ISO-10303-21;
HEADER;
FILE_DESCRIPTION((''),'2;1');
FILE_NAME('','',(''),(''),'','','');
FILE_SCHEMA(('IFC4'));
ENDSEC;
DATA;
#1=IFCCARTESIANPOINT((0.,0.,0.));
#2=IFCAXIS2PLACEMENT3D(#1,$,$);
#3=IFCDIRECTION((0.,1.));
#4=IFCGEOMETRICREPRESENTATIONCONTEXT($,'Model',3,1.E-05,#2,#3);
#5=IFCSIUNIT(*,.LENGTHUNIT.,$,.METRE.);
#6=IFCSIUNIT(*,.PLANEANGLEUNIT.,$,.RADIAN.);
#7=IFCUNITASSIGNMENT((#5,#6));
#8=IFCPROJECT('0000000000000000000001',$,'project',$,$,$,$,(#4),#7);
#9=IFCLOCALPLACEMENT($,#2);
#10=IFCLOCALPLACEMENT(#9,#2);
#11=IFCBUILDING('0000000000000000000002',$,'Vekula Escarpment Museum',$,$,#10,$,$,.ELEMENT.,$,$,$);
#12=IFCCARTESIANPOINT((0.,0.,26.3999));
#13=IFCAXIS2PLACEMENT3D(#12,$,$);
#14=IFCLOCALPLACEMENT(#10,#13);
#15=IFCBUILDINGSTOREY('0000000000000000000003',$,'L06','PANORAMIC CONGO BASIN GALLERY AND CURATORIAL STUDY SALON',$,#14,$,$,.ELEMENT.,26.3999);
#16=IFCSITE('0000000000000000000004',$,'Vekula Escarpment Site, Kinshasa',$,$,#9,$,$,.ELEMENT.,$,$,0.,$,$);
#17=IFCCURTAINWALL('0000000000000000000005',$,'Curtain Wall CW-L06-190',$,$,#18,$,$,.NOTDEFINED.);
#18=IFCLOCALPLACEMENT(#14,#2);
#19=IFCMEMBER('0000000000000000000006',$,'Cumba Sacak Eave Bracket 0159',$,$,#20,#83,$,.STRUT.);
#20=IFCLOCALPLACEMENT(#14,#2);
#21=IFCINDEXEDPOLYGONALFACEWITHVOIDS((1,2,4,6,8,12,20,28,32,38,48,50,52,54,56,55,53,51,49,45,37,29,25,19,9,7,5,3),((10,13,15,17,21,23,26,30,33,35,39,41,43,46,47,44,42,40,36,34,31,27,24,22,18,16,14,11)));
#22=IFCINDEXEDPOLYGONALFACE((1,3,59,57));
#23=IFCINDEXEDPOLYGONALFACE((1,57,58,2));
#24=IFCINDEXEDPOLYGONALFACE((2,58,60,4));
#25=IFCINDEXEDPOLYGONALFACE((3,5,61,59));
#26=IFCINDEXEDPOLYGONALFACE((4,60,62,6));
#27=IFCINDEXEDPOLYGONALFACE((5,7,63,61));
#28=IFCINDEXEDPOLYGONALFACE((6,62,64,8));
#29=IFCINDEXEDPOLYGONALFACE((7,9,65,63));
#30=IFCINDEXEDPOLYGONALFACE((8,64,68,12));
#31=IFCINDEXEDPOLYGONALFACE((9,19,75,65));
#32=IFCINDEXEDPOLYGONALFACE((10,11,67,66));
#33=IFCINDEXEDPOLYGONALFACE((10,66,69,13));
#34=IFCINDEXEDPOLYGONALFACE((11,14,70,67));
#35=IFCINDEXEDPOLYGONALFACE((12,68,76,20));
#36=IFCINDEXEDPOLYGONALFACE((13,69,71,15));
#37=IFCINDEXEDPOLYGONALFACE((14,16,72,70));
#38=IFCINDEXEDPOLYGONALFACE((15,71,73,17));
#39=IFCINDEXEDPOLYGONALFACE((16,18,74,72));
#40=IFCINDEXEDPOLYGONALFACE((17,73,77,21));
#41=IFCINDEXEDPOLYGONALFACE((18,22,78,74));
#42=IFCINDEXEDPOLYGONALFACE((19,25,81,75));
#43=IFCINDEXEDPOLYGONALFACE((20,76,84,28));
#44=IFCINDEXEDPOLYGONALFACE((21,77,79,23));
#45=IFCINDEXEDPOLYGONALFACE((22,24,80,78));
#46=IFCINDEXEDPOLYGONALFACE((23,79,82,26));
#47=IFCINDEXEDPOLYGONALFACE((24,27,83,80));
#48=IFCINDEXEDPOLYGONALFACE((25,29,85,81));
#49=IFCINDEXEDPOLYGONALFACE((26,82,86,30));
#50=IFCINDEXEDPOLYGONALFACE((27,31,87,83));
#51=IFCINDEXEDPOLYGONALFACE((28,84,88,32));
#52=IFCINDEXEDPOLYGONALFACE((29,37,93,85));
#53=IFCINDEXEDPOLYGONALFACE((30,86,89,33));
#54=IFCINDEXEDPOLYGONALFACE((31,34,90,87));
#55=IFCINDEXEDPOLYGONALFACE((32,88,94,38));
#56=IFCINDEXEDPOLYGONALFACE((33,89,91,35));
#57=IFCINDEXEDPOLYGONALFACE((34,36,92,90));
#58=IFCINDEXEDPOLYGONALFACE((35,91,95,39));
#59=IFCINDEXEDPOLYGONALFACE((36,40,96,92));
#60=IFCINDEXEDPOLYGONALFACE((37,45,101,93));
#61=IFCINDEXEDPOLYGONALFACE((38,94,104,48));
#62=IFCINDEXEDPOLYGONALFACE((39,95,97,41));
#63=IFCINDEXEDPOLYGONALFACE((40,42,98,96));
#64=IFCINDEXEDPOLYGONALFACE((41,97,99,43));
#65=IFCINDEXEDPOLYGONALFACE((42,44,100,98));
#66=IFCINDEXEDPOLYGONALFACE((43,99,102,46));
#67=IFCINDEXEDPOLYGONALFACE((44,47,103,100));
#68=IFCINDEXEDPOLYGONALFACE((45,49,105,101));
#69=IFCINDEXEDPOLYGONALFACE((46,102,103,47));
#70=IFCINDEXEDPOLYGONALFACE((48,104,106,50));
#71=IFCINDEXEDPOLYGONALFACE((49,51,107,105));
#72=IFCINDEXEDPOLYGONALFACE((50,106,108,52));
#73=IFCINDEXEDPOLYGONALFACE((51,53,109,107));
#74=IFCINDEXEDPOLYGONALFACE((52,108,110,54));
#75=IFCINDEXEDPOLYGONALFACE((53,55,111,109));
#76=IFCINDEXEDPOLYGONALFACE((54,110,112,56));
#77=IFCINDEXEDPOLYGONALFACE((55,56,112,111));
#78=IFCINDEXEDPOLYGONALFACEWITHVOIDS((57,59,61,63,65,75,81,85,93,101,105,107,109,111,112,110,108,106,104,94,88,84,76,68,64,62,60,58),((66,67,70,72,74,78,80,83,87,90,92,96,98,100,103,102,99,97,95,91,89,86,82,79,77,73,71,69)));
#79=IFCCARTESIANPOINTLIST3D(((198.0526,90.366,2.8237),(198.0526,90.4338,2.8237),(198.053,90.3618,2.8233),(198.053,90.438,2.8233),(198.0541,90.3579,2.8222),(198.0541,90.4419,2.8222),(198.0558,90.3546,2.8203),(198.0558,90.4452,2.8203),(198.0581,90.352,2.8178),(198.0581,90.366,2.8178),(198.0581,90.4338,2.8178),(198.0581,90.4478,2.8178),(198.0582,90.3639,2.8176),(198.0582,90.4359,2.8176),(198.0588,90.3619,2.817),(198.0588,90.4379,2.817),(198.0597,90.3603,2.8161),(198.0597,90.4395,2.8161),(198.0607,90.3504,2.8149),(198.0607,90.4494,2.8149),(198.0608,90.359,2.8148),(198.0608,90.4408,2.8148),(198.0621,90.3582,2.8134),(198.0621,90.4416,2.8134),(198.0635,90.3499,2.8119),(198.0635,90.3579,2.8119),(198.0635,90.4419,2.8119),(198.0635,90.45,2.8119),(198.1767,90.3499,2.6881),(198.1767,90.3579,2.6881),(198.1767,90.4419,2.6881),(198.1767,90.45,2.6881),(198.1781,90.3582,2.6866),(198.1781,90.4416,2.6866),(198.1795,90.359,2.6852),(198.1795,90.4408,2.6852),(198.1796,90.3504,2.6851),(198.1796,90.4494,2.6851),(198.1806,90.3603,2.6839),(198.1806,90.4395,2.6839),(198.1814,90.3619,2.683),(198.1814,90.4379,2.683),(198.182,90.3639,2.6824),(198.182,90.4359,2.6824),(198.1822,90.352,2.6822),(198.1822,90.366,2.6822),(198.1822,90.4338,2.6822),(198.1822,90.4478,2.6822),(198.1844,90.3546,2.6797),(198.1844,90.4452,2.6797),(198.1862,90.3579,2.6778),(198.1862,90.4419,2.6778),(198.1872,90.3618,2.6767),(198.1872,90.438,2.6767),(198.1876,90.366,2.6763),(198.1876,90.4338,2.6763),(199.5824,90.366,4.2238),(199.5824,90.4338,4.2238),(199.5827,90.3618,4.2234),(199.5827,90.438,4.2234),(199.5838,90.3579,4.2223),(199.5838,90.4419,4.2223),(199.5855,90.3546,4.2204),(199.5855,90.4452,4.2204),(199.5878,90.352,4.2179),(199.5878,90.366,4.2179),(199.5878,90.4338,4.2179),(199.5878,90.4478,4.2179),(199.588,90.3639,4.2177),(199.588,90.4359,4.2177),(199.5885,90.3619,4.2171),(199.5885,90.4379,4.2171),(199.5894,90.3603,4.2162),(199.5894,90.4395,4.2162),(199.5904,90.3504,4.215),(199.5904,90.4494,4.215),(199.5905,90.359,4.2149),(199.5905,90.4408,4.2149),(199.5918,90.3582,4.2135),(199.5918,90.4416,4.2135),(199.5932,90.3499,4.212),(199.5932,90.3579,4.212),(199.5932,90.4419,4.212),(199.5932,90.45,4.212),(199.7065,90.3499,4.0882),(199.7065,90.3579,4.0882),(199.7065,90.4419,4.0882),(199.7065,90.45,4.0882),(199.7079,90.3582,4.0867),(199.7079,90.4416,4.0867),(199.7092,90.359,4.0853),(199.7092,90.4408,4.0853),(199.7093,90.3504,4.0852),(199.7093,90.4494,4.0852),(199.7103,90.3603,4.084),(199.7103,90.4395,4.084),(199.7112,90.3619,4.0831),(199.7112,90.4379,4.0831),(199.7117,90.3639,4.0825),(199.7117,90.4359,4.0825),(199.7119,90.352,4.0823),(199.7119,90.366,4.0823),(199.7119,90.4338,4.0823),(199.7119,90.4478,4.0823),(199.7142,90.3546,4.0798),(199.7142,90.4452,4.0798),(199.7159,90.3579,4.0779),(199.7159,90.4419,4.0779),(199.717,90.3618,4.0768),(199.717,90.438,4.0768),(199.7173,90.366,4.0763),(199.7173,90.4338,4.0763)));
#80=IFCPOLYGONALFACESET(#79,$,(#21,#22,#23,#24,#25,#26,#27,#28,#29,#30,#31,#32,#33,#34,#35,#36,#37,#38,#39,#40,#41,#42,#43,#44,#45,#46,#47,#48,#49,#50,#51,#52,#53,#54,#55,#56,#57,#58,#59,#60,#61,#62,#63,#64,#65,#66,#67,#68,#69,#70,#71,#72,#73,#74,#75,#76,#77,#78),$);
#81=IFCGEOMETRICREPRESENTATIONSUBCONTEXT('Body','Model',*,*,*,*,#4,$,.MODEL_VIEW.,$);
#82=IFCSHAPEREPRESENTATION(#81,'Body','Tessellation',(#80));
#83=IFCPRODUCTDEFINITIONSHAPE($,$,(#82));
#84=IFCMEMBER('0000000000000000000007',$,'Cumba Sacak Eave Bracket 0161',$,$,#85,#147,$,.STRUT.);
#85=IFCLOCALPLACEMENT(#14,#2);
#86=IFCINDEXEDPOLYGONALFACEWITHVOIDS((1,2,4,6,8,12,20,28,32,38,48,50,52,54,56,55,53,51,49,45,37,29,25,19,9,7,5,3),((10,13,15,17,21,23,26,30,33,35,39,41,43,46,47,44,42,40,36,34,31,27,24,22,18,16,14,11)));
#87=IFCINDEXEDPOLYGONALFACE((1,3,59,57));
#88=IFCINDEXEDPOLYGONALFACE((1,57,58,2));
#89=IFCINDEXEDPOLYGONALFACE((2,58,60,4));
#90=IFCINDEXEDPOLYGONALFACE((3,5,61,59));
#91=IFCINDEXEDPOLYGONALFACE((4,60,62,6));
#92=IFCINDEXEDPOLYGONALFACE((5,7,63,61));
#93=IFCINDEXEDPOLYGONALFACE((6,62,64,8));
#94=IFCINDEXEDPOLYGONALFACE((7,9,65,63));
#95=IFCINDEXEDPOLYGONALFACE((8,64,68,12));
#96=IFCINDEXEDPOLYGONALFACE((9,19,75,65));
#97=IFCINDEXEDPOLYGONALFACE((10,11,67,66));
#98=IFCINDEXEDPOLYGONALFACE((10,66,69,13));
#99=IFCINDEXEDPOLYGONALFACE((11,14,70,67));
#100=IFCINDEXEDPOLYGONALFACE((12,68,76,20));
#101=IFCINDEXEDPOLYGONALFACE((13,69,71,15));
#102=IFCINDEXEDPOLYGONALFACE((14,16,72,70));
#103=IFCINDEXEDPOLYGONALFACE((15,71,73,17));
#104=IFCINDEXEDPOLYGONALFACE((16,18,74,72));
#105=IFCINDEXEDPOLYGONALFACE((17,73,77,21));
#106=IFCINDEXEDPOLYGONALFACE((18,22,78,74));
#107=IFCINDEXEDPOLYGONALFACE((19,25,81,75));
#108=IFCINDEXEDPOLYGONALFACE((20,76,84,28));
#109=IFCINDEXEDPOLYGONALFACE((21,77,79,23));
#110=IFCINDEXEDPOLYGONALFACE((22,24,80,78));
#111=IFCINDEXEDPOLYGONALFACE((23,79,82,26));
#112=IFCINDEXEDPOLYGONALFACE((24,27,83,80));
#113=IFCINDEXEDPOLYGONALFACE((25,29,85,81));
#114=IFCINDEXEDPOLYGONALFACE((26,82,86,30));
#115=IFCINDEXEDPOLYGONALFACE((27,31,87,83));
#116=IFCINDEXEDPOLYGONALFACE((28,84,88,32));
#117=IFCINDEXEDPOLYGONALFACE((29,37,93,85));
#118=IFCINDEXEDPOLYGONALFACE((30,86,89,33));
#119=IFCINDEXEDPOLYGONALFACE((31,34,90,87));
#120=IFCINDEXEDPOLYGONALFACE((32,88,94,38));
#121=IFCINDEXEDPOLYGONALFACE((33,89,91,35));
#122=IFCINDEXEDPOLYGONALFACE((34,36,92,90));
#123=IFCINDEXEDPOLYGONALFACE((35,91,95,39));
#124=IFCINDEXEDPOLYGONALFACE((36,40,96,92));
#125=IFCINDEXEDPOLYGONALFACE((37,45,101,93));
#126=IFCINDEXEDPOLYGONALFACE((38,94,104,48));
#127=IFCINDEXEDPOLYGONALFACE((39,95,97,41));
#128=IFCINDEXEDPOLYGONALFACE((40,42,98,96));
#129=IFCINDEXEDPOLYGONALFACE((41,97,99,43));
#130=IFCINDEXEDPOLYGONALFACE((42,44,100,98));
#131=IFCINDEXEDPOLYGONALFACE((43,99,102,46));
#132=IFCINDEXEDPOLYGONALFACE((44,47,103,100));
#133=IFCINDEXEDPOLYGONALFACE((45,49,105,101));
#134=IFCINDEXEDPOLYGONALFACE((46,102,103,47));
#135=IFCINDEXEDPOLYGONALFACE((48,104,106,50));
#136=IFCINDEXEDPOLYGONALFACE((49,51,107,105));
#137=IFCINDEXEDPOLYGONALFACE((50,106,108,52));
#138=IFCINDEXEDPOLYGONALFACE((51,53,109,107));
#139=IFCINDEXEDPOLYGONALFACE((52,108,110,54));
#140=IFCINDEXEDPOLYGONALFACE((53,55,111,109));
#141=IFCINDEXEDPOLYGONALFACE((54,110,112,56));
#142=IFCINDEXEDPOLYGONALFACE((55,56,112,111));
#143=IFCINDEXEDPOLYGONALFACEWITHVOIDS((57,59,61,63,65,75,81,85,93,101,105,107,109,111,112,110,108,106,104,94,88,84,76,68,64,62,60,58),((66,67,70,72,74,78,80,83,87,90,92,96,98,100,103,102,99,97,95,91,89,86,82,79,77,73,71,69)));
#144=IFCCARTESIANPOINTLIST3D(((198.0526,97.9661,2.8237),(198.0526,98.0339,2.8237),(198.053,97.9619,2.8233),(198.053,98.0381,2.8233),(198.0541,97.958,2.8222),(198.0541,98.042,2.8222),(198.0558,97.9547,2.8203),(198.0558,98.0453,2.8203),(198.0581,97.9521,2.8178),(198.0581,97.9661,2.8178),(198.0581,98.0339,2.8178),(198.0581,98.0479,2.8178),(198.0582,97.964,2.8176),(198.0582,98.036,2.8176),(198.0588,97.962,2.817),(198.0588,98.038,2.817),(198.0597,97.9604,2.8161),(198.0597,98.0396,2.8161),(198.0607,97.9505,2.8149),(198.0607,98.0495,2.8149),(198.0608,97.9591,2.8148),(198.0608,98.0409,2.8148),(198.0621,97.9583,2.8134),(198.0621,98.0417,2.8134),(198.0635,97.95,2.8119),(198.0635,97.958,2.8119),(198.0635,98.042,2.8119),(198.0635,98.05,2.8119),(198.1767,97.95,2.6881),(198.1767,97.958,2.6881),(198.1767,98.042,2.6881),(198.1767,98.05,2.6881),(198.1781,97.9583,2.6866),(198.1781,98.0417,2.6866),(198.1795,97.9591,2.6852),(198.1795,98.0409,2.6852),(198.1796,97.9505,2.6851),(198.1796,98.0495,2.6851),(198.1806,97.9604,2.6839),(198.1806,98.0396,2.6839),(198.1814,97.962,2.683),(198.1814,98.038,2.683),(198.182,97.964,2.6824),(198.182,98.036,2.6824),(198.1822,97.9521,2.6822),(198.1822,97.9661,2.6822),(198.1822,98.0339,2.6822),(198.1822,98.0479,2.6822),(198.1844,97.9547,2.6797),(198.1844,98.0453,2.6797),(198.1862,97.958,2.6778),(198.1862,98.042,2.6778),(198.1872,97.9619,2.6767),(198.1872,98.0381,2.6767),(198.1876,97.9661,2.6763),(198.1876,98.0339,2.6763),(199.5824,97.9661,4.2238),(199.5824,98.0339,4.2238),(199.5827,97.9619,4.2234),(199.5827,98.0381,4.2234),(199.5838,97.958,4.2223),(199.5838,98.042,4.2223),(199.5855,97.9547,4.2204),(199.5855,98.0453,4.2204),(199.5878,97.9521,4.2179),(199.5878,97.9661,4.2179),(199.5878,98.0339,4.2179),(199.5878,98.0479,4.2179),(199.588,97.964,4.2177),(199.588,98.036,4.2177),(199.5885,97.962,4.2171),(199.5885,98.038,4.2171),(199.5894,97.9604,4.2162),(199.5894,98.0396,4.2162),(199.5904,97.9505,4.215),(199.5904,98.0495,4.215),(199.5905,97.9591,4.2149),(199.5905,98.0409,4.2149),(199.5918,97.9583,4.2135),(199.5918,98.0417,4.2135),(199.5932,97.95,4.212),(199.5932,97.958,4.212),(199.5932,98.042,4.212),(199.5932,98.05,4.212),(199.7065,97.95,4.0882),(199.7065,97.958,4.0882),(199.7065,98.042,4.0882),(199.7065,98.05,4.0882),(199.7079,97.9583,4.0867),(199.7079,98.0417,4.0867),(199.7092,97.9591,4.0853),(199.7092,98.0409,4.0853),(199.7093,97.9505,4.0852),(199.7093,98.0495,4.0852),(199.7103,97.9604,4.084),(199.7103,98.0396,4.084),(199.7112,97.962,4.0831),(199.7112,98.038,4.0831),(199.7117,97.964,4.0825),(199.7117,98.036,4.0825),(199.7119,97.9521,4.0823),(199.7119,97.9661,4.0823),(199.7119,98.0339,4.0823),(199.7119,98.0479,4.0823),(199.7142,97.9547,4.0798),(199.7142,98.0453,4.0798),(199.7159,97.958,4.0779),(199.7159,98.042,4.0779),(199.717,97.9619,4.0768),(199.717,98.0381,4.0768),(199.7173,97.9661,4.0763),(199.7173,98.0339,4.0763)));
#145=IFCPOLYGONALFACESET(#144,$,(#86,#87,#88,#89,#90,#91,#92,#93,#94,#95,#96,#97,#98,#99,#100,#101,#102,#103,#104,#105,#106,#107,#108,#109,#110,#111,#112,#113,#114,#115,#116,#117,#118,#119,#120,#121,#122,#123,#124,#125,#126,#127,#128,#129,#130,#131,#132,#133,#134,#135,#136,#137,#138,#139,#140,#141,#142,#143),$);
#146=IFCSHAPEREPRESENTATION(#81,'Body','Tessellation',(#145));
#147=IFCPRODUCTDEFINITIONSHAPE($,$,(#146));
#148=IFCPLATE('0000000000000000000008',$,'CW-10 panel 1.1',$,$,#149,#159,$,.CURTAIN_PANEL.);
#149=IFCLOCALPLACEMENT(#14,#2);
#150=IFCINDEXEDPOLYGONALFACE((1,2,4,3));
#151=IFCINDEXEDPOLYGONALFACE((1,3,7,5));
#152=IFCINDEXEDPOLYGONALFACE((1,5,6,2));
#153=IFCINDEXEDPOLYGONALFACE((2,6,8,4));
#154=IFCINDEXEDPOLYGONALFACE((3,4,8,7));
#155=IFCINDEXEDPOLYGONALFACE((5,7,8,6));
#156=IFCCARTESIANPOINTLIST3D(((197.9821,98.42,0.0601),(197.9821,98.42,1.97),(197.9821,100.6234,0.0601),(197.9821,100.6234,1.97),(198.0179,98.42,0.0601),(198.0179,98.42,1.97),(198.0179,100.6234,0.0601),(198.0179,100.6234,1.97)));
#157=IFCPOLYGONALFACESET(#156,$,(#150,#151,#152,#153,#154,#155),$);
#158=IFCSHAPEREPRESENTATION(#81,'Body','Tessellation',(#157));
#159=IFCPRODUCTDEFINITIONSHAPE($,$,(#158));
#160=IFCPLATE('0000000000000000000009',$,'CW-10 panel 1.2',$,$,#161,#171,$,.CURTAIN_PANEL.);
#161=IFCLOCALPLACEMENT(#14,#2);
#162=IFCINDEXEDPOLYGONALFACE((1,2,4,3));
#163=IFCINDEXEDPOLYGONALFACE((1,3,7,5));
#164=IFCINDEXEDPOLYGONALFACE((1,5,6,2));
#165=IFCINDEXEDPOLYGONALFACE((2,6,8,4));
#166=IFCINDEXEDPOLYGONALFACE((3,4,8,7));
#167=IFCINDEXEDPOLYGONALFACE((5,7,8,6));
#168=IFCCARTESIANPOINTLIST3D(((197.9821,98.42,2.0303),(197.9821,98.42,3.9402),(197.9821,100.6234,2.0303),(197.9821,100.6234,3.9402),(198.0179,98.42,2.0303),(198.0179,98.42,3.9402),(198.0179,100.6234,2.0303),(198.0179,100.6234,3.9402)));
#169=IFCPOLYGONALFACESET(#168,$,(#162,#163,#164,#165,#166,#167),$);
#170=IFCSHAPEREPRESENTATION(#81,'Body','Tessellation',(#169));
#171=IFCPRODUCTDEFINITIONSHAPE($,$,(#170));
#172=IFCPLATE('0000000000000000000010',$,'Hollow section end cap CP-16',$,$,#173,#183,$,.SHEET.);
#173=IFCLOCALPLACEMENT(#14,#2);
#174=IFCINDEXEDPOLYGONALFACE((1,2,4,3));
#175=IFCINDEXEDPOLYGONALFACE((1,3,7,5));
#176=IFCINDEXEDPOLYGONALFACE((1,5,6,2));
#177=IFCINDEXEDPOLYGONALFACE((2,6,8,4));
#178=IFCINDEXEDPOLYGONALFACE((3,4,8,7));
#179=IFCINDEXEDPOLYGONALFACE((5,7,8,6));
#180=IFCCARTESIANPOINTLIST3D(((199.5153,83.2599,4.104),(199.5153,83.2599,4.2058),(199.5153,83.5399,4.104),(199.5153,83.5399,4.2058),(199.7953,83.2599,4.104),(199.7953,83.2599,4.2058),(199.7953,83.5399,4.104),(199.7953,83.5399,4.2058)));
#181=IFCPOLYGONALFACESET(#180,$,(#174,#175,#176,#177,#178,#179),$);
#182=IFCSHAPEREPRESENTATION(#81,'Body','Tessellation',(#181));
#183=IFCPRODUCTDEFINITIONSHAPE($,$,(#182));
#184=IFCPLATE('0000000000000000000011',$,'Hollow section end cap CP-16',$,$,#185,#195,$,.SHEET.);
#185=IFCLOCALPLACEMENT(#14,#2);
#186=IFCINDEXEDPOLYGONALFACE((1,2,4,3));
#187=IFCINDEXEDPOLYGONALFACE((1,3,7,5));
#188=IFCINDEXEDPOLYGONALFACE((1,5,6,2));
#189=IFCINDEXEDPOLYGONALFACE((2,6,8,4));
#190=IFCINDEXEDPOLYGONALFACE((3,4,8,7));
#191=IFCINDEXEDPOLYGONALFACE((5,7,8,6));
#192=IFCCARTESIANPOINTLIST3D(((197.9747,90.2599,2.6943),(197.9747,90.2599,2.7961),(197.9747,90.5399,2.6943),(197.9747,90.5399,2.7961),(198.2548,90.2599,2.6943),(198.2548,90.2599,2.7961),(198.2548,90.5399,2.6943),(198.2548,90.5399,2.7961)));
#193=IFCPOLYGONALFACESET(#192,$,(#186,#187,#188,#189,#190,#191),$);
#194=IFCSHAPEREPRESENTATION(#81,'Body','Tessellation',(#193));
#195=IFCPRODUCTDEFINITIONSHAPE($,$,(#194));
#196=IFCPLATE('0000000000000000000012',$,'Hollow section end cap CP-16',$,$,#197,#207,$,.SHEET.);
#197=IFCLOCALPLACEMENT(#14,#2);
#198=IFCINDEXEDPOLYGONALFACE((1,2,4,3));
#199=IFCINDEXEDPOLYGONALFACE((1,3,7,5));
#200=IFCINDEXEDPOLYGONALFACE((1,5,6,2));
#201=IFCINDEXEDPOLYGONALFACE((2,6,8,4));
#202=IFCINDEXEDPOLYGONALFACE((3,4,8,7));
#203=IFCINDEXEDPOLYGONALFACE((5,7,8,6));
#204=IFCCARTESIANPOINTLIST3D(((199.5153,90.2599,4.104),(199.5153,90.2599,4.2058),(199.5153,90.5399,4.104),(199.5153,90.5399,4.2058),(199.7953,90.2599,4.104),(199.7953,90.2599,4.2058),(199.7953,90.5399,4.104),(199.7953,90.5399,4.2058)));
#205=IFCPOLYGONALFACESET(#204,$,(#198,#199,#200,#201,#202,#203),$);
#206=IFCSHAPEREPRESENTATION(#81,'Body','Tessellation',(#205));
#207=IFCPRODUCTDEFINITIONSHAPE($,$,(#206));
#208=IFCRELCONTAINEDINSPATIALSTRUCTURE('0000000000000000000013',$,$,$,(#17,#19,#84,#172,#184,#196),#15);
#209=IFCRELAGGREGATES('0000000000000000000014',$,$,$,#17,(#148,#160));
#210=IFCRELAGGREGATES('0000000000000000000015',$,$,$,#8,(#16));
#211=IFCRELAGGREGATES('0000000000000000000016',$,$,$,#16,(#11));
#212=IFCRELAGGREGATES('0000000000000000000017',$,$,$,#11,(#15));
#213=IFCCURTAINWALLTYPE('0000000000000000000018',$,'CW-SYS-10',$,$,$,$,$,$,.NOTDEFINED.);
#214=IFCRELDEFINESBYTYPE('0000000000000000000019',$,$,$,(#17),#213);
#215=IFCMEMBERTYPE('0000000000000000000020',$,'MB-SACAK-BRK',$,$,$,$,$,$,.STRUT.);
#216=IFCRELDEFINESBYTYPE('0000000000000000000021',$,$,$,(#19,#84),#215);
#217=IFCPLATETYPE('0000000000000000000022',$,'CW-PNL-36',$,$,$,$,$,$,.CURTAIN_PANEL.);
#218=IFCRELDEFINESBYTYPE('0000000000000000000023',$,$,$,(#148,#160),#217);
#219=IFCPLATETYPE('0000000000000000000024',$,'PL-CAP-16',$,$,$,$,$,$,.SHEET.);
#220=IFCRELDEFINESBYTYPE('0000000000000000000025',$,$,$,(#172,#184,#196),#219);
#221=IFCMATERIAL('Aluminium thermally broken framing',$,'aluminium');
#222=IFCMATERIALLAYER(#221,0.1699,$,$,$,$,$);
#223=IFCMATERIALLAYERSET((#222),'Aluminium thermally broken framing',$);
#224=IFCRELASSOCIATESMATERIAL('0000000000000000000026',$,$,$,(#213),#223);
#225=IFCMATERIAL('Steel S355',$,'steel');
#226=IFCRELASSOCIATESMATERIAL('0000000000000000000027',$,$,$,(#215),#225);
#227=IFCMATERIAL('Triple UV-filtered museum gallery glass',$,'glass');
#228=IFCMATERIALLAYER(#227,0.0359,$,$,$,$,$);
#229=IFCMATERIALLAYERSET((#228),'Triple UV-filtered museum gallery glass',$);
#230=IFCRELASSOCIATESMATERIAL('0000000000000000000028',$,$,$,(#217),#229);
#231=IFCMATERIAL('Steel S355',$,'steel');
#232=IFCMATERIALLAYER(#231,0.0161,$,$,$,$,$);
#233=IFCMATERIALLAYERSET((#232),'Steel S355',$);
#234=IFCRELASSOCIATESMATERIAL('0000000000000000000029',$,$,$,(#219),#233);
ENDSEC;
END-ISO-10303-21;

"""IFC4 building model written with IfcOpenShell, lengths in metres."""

from ifc_helpers import new_model, si_unit, direction, frame, origin, origin_2d, place, context, subcontext, project, spatial, rectangle, hollow_rectangle, extrude, material, layer, layer_set, material_profile, profile_set, type_object, element, aggregate, save


model = new_model("IFC4")

# Units and contexts
model_context = context("Model", 3, precision=1e-05, world=origin(), true_north=direction((0.0, 1.0)))
body_context = subcontext(model_context, "Body", "Model", "MODEL_VIEW")
ifc_project = project(units=[si_unit("LENGTHUNIT", "METRE"), si_unit("PLANEANGLEUNIT", "RADIAN")], contexts=[model_context])

# Site, building, storey
site_placement = place(None, origin())
site = spatial("IfcSite", under=ifc_project, at=site_placement, Name="Vekula Escarpment Site, Kinshasa", CompositionType="ELEMENT", RefElevation=0.0)
building_placement = place(site_placement, origin())
building = spatial("IfcBuilding", under=site, at=building_placement, Name="Vekula Escarpment Museum", CompositionType="ELEMENT")
storey_placement = place(building_placement, frame((0.0, 0.0, 26.3999)))
storey = spatial("IfcBuildingStorey", under=building, at=storey_placement, Name="L06", Description="PANORAMIC CONGO BASIN GALLERY AND CURATORIAL STUDY SALON", CompositionType="ELEMENT", Elevation=26.3999)

# Curtain wall
ifc_material_1 = material(Name="Aluminium thermally broken framing", Category="aluminium")
ifc_layer_1 = layer(ifc_material_1, 0.1699)
ifc_layer_set_1 = layer_set([ifc_layer_1], Name="Aluminium thermally broken framing")
curtain_wall_type = type_object("IfcCurtainWallType", Name="CW-SYS-10", PredefinedType="NOTDEFINED", material=ifc_layer_set_1)
curtain_wall_placement = place(storey_placement, origin())
curtain_wall = element("IfcCurtainWall", 1, at=curtain_wall_placement, inside=storey, type_object=curtain_wall_type, Name="Curtain Wall CW-L06-190", PredefinedType="NOTDEFINED")

# Members
ifc_material_2 = material(Name="Steel S355", Category="steel")
ifc_material_profile_1 = material_profile(ifc_material_2, hollow_rectangle(XDim=0.1001, YDim=0.2, WallThickness=0.0081, InnerFilletRadius=0.0081, OuterFilletRadius=0.0161, at=origin_2d()), Name="RHS 200x100x8")
ifc_profile_set_1 = profile_set([ifc_material_profile_1], Name="Steel S355")
member_type_1 = type_object("IfcMemberType", Name="MB-SACAK-BRK", PredefinedType="STRUT", material=ifc_profile_set_1)
for number, where, z_axis, x_axis, name in (
    (2, (198.1201, 90.3999, 2.75), (0.737672, 0.0, 0.675159), (0.0, 1.0, 0.0), "Cumba Sacak Eave Bracket 0159"),
    (3, (198.1201, 98.0, 2.75), (0.737672, 0.0, 0.675159), (0.0, 1.0, 0.0), "Cumba Sacak Eave Bracket 0161"),
):
    element("IfcMember", number, at=place(storey_placement, frame(where, z_axis=z_axis, x_axis=x_axis)), inside=storey, type_object=member_type_1, Name=name, PredefinedType="STRUT", context=body_context, shape_type="SweptSolid", body=[
        extrude(hollow_rectangle(XDim=0.1001, YDim=0.2, WallThickness=0.0081, InnerFilletRadius=0.0081, OuterFilletRadius=0.0161, at=origin_2d()), origin(), (0.0, 0.0, 1.0), 2.0737),
    ])

# Plates
ifc_material_3 = material(Name="Triple UV-filtered museum gallery glass", Category="glass")
ifc_layer_2 = layer(ifc_material_3, 0.0359)
ifc_layer_set_2 = layer_set([ifc_layer_2], Name="Triple UV-filtered museum gallery glass")
plate_type_1 = type_object("IfcPlateType", Name="CW-PNL-36", PredefinedType="CURTAIN_PANEL", material=ifc_layer_set_2)
plate_1_placement = place(storey_placement, frame((198.0, 99.5217, 0.0601), z_axis=(0.0, 0.0, 1.0), x_axis=(0.0, 1.0, 0.0)))
plate_1 = element("IfcPlate", 4, at=plate_1_placement, type_object=plate_type_1, Name="CW-10 panel 1.1", PredefinedType="CURTAIN_PANEL", context=body_context, shape_type="SweptSolid", body=[
    extrude(rectangle(XDim=2.2034, YDim=0.0359, at=origin_2d()), origin(), (0.0, 0.0, 1.0), 1.9099),
])
plate_2_placement = place(storey_placement, frame((198.0, 99.5217, 2.0303), z_axis=(0.0, 0.0, 1.0), x_axis=(0.0, 1.0, 0.0)))
plate_2 = element("IfcPlate", 5, at=plate_2_placement, type_object=plate_type_1, Name="CW-10 panel 1.2", PredefinedType="CURTAIN_PANEL", context=body_context, shape_type="SweptSolid", body=[
    extrude(rectangle(XDim=2.2034, YDim=0.0359, at=origin_2d()), origin(), (0.0, 0.0, 1.0), 1.9099),
])
aggregate(curtain_wall, [plate_1, plate_2])

# Plates
ifc_material_4 = material(Name="Steel S355", Category="steel")
ifc_layer_3 = layer(ifc_material_4, 0.0161)
ifc_layer_set_3 = layer_set([ifc_layer_3], Name="Steel S355")
plate_type_2 = type_object("IfcPlateType", Name="PL-CAP-16", PredefinedType="SHEET", material=ifc_layer_set_3)
for number, where, z_axis, x_axis, name in (
    (6, (199.6553, 83.3999, 4.104), (0.0, 0.0, 1.0), (1.0, 0.0, 0.0), "Hollow section end cap CP-16"),
    (7, (198.1147, 90.3999, 2.6943), (0.0, 0.0, 1.0), (1.0, 0.0, 0.0), "Hollow section end cap CP-16"),
    (8, (199.6553, 90.3999, 4.104), (0.0, 0.0, 1.0), (1.0, 0.0, 0.0), "Hollow section end cap CP-16"),
):
    element("IfcPlate", number, at=place(storey_placement, frame(where, z_axis=z_axis, x_axis=x_axis)), inside=storey, type_object=plate_type_2, Name=name, PredefinedType="SHEET", context=body_context, shape_type="SweptSolid", body=[
        extrude(rectangle(XDim=0.28, YDim=0.28, at=origin_2d()), origin(), (0.0, 0.0, 1.0), 0.1018),
    ])

save(model, "model.ifc")
